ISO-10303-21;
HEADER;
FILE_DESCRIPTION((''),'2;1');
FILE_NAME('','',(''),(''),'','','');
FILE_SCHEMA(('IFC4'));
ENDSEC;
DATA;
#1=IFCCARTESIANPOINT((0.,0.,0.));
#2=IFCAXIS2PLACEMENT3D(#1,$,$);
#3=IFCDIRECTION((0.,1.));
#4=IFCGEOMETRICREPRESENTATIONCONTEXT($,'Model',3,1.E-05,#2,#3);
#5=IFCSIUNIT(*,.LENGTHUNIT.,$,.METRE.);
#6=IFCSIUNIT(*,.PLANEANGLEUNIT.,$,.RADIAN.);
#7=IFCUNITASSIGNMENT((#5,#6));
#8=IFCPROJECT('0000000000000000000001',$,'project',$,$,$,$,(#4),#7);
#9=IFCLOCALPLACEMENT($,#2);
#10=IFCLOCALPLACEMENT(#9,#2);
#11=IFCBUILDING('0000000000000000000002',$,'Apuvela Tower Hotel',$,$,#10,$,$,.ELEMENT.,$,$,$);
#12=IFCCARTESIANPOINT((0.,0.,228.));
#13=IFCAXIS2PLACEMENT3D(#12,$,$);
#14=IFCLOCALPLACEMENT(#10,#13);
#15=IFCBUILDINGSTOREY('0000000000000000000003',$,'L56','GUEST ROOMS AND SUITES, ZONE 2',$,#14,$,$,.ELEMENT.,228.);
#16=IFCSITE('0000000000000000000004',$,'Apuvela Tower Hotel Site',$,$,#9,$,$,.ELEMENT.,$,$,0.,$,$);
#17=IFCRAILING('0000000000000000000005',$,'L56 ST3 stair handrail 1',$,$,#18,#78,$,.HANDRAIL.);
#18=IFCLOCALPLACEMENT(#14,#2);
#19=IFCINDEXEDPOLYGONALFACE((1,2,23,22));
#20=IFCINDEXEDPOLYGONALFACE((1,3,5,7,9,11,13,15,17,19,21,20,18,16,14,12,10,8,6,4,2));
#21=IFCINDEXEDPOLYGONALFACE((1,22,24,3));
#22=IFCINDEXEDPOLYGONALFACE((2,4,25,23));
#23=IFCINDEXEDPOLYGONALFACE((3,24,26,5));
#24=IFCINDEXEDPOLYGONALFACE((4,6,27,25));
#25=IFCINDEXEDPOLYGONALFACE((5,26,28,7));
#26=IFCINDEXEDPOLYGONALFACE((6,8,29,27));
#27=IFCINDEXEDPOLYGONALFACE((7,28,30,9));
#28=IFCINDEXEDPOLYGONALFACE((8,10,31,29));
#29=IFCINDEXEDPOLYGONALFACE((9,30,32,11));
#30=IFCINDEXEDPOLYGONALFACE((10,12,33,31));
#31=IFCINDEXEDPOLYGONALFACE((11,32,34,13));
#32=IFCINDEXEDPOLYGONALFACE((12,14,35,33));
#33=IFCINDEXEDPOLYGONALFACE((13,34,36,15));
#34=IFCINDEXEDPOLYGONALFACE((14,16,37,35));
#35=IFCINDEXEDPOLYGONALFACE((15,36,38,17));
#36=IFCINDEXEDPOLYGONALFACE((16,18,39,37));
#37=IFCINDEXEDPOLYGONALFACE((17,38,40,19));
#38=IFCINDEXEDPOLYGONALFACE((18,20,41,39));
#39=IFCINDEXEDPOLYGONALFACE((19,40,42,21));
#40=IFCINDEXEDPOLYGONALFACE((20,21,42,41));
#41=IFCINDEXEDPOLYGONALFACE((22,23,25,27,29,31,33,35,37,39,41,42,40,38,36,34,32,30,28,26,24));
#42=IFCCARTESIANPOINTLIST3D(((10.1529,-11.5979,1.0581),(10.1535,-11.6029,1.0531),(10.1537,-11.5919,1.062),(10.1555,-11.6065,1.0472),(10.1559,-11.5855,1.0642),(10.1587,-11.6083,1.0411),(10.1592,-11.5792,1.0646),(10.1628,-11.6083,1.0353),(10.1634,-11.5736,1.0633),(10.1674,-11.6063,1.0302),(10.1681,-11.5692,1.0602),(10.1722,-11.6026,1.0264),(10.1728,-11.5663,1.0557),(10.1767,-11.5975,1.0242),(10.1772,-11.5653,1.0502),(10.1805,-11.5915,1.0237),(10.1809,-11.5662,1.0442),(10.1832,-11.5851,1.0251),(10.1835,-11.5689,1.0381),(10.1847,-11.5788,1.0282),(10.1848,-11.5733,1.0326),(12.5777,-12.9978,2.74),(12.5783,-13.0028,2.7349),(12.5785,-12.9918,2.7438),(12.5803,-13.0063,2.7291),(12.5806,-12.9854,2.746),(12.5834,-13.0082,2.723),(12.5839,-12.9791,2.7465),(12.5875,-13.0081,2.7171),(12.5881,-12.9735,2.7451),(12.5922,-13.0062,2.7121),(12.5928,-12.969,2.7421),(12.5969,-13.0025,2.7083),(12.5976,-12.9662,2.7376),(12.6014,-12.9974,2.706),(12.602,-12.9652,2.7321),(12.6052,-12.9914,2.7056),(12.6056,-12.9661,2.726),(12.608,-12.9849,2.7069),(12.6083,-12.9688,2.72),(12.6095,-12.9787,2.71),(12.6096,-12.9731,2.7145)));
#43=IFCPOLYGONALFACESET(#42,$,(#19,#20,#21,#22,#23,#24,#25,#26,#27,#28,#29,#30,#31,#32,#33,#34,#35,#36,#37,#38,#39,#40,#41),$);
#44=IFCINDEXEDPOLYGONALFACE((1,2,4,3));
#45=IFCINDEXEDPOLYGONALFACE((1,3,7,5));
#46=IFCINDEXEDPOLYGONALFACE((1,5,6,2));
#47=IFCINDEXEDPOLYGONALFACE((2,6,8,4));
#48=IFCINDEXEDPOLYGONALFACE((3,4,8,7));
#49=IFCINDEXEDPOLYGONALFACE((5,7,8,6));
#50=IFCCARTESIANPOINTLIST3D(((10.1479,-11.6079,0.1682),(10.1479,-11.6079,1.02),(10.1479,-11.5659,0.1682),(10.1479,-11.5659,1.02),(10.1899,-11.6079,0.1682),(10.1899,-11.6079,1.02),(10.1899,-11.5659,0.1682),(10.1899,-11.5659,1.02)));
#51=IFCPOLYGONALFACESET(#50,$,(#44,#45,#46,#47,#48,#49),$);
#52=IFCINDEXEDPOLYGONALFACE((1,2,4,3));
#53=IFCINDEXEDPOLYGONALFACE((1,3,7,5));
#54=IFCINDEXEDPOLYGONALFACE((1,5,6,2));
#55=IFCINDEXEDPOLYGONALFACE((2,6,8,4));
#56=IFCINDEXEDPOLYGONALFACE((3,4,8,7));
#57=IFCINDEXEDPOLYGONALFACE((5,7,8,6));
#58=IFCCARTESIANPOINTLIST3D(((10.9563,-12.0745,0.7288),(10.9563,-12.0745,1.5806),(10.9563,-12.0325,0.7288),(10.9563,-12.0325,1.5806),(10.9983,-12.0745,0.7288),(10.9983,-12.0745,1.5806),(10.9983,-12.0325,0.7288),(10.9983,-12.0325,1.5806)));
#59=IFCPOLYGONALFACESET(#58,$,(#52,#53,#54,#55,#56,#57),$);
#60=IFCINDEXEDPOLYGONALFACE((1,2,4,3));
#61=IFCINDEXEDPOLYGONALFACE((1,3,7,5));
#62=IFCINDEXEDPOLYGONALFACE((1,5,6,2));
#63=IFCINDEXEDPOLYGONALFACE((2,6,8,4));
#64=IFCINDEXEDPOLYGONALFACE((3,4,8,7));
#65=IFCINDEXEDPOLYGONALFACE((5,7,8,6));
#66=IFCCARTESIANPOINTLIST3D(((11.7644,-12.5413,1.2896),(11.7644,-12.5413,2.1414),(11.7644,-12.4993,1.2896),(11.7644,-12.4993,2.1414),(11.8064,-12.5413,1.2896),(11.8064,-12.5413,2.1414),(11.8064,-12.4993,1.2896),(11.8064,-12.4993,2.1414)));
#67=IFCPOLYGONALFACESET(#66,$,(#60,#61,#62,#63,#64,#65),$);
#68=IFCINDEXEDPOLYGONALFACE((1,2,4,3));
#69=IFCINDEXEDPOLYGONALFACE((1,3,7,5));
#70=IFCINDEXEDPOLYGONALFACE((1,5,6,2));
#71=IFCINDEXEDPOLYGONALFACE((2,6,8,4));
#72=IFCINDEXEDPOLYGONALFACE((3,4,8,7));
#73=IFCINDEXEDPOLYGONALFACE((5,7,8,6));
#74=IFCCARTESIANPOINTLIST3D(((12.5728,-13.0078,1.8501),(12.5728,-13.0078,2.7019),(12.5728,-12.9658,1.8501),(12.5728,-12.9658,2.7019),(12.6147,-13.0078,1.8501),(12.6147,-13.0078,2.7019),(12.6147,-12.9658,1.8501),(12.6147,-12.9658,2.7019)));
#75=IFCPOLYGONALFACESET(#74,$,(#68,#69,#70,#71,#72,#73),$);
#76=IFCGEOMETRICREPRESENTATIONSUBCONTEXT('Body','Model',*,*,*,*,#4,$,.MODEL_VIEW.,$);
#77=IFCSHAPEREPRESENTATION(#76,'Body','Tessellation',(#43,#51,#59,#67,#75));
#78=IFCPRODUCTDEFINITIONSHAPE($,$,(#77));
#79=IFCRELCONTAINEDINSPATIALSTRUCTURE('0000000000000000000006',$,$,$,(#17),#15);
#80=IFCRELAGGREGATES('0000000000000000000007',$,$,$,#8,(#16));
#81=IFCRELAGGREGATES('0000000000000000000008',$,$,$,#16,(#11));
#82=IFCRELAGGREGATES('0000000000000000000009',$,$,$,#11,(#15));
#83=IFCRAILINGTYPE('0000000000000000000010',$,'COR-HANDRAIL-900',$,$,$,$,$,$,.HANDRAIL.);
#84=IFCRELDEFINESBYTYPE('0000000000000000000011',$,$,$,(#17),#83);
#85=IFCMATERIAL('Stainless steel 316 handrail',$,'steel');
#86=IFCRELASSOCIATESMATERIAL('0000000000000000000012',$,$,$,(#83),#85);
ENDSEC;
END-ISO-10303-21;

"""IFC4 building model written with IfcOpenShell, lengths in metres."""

from ifc_helpers import new_model, si_unit, direction, frame, origin, origin_2d, place, context, subcontext, project, spatial, rectangle, circle, extrude, material, type_object, element, save


model = new_model("IFC4")

# Units and contexts
model_context = context("Model", 3, precision=1e-05, world=origin(), true_north=direction((0.0, 1.0)))
body_context = subcontext(model_context, "Body", "Model", "MODEL_VIEW")
ifc_project = project(units=[si_unit("LENGTHUNIT", "METRE"), si_unit("PLANEANGLEUNIT", "RADIAN")], contexts=[model_context])

# Site, building, storey
site_placement = place(None, origin())
site = spatial("IfcSite", under=ifc_project, at=site_placement, Name="Apuvela Tower Hotel Site", CompositionType="ELEMENT", RefElevation=0.0)
building_placement = place(site_placement, origin())
building = spatial("IfcBuilding", under=site, at=building_placement, Name="Apuvela Tower Hotel", CompositionType="ELEMENT")
storey_placement = place(building_placement, frame((0.0, 0.0, 228.0)))
storey = spatial("IfcBuildingStorey", under=building, at=storey_placement, Name="L56", Description="GUEST ROOMS AND SUITES, ZONE 2", CompositionType="ELEMENT", Elevation=228.0)

# Railing
ifc_material_1 = material(Name="Stainless steel 316 handrail", Category="steel")
railing_type_1 = type_object("IfcRailingType", Name="COR-HANDRAIL-900", PredefinedType="HANDRAIL", material=ifc_material_1)
railing_1_placement = place(storey_placement, frame((10.1689, -11.5869, 0.1682)))
element("IfcRailing", 1, at=railing_1_placement, inside=storey, type_object=railing_type_1, Name="L56 ST3 stair handrail 1", PredefinedType="HANDRAIL", context=body_context, shape_type="SweptSolid", body=[
    extrude(circle(Radius=0.0239, at=origin_2d()), frame((0.0, 0.0, 0.876), z_axis=(0.74239, -0.428601, 0.514934), x_axis=(0.499984, 0.866035, 0.0)), (0.0, 0.0, 1.0), 3.2661),
    extrude(rectangle(XDim=0.042, YDim=0.042, at=origin_2d()), origin(), (0.0, 0.0, 1.0), 0.8518),
    extrude(rectangle(XDim=0.042, YDim=0.042, at=origin_2d()), frame((0.8083, -0.4666, 0.5605)), (0.0, 0.0, 1.0), 0.8518),
    extrude(rectangle(XDim=0.042, YDim=0.042, at=origin_2d()), frame((1.6165, -0.9333, 1.1213)), (0.0, 0.0, 1.0), 0.8518),
    extrude(rectangle(XDim=0.042, YDim=0.042, at=origin_2d()), frame((2.4248, -1.3999, 1.6819)), (0.0, 0.0, 1.0), 0.8518),
])

save(model, "model.ifc")
